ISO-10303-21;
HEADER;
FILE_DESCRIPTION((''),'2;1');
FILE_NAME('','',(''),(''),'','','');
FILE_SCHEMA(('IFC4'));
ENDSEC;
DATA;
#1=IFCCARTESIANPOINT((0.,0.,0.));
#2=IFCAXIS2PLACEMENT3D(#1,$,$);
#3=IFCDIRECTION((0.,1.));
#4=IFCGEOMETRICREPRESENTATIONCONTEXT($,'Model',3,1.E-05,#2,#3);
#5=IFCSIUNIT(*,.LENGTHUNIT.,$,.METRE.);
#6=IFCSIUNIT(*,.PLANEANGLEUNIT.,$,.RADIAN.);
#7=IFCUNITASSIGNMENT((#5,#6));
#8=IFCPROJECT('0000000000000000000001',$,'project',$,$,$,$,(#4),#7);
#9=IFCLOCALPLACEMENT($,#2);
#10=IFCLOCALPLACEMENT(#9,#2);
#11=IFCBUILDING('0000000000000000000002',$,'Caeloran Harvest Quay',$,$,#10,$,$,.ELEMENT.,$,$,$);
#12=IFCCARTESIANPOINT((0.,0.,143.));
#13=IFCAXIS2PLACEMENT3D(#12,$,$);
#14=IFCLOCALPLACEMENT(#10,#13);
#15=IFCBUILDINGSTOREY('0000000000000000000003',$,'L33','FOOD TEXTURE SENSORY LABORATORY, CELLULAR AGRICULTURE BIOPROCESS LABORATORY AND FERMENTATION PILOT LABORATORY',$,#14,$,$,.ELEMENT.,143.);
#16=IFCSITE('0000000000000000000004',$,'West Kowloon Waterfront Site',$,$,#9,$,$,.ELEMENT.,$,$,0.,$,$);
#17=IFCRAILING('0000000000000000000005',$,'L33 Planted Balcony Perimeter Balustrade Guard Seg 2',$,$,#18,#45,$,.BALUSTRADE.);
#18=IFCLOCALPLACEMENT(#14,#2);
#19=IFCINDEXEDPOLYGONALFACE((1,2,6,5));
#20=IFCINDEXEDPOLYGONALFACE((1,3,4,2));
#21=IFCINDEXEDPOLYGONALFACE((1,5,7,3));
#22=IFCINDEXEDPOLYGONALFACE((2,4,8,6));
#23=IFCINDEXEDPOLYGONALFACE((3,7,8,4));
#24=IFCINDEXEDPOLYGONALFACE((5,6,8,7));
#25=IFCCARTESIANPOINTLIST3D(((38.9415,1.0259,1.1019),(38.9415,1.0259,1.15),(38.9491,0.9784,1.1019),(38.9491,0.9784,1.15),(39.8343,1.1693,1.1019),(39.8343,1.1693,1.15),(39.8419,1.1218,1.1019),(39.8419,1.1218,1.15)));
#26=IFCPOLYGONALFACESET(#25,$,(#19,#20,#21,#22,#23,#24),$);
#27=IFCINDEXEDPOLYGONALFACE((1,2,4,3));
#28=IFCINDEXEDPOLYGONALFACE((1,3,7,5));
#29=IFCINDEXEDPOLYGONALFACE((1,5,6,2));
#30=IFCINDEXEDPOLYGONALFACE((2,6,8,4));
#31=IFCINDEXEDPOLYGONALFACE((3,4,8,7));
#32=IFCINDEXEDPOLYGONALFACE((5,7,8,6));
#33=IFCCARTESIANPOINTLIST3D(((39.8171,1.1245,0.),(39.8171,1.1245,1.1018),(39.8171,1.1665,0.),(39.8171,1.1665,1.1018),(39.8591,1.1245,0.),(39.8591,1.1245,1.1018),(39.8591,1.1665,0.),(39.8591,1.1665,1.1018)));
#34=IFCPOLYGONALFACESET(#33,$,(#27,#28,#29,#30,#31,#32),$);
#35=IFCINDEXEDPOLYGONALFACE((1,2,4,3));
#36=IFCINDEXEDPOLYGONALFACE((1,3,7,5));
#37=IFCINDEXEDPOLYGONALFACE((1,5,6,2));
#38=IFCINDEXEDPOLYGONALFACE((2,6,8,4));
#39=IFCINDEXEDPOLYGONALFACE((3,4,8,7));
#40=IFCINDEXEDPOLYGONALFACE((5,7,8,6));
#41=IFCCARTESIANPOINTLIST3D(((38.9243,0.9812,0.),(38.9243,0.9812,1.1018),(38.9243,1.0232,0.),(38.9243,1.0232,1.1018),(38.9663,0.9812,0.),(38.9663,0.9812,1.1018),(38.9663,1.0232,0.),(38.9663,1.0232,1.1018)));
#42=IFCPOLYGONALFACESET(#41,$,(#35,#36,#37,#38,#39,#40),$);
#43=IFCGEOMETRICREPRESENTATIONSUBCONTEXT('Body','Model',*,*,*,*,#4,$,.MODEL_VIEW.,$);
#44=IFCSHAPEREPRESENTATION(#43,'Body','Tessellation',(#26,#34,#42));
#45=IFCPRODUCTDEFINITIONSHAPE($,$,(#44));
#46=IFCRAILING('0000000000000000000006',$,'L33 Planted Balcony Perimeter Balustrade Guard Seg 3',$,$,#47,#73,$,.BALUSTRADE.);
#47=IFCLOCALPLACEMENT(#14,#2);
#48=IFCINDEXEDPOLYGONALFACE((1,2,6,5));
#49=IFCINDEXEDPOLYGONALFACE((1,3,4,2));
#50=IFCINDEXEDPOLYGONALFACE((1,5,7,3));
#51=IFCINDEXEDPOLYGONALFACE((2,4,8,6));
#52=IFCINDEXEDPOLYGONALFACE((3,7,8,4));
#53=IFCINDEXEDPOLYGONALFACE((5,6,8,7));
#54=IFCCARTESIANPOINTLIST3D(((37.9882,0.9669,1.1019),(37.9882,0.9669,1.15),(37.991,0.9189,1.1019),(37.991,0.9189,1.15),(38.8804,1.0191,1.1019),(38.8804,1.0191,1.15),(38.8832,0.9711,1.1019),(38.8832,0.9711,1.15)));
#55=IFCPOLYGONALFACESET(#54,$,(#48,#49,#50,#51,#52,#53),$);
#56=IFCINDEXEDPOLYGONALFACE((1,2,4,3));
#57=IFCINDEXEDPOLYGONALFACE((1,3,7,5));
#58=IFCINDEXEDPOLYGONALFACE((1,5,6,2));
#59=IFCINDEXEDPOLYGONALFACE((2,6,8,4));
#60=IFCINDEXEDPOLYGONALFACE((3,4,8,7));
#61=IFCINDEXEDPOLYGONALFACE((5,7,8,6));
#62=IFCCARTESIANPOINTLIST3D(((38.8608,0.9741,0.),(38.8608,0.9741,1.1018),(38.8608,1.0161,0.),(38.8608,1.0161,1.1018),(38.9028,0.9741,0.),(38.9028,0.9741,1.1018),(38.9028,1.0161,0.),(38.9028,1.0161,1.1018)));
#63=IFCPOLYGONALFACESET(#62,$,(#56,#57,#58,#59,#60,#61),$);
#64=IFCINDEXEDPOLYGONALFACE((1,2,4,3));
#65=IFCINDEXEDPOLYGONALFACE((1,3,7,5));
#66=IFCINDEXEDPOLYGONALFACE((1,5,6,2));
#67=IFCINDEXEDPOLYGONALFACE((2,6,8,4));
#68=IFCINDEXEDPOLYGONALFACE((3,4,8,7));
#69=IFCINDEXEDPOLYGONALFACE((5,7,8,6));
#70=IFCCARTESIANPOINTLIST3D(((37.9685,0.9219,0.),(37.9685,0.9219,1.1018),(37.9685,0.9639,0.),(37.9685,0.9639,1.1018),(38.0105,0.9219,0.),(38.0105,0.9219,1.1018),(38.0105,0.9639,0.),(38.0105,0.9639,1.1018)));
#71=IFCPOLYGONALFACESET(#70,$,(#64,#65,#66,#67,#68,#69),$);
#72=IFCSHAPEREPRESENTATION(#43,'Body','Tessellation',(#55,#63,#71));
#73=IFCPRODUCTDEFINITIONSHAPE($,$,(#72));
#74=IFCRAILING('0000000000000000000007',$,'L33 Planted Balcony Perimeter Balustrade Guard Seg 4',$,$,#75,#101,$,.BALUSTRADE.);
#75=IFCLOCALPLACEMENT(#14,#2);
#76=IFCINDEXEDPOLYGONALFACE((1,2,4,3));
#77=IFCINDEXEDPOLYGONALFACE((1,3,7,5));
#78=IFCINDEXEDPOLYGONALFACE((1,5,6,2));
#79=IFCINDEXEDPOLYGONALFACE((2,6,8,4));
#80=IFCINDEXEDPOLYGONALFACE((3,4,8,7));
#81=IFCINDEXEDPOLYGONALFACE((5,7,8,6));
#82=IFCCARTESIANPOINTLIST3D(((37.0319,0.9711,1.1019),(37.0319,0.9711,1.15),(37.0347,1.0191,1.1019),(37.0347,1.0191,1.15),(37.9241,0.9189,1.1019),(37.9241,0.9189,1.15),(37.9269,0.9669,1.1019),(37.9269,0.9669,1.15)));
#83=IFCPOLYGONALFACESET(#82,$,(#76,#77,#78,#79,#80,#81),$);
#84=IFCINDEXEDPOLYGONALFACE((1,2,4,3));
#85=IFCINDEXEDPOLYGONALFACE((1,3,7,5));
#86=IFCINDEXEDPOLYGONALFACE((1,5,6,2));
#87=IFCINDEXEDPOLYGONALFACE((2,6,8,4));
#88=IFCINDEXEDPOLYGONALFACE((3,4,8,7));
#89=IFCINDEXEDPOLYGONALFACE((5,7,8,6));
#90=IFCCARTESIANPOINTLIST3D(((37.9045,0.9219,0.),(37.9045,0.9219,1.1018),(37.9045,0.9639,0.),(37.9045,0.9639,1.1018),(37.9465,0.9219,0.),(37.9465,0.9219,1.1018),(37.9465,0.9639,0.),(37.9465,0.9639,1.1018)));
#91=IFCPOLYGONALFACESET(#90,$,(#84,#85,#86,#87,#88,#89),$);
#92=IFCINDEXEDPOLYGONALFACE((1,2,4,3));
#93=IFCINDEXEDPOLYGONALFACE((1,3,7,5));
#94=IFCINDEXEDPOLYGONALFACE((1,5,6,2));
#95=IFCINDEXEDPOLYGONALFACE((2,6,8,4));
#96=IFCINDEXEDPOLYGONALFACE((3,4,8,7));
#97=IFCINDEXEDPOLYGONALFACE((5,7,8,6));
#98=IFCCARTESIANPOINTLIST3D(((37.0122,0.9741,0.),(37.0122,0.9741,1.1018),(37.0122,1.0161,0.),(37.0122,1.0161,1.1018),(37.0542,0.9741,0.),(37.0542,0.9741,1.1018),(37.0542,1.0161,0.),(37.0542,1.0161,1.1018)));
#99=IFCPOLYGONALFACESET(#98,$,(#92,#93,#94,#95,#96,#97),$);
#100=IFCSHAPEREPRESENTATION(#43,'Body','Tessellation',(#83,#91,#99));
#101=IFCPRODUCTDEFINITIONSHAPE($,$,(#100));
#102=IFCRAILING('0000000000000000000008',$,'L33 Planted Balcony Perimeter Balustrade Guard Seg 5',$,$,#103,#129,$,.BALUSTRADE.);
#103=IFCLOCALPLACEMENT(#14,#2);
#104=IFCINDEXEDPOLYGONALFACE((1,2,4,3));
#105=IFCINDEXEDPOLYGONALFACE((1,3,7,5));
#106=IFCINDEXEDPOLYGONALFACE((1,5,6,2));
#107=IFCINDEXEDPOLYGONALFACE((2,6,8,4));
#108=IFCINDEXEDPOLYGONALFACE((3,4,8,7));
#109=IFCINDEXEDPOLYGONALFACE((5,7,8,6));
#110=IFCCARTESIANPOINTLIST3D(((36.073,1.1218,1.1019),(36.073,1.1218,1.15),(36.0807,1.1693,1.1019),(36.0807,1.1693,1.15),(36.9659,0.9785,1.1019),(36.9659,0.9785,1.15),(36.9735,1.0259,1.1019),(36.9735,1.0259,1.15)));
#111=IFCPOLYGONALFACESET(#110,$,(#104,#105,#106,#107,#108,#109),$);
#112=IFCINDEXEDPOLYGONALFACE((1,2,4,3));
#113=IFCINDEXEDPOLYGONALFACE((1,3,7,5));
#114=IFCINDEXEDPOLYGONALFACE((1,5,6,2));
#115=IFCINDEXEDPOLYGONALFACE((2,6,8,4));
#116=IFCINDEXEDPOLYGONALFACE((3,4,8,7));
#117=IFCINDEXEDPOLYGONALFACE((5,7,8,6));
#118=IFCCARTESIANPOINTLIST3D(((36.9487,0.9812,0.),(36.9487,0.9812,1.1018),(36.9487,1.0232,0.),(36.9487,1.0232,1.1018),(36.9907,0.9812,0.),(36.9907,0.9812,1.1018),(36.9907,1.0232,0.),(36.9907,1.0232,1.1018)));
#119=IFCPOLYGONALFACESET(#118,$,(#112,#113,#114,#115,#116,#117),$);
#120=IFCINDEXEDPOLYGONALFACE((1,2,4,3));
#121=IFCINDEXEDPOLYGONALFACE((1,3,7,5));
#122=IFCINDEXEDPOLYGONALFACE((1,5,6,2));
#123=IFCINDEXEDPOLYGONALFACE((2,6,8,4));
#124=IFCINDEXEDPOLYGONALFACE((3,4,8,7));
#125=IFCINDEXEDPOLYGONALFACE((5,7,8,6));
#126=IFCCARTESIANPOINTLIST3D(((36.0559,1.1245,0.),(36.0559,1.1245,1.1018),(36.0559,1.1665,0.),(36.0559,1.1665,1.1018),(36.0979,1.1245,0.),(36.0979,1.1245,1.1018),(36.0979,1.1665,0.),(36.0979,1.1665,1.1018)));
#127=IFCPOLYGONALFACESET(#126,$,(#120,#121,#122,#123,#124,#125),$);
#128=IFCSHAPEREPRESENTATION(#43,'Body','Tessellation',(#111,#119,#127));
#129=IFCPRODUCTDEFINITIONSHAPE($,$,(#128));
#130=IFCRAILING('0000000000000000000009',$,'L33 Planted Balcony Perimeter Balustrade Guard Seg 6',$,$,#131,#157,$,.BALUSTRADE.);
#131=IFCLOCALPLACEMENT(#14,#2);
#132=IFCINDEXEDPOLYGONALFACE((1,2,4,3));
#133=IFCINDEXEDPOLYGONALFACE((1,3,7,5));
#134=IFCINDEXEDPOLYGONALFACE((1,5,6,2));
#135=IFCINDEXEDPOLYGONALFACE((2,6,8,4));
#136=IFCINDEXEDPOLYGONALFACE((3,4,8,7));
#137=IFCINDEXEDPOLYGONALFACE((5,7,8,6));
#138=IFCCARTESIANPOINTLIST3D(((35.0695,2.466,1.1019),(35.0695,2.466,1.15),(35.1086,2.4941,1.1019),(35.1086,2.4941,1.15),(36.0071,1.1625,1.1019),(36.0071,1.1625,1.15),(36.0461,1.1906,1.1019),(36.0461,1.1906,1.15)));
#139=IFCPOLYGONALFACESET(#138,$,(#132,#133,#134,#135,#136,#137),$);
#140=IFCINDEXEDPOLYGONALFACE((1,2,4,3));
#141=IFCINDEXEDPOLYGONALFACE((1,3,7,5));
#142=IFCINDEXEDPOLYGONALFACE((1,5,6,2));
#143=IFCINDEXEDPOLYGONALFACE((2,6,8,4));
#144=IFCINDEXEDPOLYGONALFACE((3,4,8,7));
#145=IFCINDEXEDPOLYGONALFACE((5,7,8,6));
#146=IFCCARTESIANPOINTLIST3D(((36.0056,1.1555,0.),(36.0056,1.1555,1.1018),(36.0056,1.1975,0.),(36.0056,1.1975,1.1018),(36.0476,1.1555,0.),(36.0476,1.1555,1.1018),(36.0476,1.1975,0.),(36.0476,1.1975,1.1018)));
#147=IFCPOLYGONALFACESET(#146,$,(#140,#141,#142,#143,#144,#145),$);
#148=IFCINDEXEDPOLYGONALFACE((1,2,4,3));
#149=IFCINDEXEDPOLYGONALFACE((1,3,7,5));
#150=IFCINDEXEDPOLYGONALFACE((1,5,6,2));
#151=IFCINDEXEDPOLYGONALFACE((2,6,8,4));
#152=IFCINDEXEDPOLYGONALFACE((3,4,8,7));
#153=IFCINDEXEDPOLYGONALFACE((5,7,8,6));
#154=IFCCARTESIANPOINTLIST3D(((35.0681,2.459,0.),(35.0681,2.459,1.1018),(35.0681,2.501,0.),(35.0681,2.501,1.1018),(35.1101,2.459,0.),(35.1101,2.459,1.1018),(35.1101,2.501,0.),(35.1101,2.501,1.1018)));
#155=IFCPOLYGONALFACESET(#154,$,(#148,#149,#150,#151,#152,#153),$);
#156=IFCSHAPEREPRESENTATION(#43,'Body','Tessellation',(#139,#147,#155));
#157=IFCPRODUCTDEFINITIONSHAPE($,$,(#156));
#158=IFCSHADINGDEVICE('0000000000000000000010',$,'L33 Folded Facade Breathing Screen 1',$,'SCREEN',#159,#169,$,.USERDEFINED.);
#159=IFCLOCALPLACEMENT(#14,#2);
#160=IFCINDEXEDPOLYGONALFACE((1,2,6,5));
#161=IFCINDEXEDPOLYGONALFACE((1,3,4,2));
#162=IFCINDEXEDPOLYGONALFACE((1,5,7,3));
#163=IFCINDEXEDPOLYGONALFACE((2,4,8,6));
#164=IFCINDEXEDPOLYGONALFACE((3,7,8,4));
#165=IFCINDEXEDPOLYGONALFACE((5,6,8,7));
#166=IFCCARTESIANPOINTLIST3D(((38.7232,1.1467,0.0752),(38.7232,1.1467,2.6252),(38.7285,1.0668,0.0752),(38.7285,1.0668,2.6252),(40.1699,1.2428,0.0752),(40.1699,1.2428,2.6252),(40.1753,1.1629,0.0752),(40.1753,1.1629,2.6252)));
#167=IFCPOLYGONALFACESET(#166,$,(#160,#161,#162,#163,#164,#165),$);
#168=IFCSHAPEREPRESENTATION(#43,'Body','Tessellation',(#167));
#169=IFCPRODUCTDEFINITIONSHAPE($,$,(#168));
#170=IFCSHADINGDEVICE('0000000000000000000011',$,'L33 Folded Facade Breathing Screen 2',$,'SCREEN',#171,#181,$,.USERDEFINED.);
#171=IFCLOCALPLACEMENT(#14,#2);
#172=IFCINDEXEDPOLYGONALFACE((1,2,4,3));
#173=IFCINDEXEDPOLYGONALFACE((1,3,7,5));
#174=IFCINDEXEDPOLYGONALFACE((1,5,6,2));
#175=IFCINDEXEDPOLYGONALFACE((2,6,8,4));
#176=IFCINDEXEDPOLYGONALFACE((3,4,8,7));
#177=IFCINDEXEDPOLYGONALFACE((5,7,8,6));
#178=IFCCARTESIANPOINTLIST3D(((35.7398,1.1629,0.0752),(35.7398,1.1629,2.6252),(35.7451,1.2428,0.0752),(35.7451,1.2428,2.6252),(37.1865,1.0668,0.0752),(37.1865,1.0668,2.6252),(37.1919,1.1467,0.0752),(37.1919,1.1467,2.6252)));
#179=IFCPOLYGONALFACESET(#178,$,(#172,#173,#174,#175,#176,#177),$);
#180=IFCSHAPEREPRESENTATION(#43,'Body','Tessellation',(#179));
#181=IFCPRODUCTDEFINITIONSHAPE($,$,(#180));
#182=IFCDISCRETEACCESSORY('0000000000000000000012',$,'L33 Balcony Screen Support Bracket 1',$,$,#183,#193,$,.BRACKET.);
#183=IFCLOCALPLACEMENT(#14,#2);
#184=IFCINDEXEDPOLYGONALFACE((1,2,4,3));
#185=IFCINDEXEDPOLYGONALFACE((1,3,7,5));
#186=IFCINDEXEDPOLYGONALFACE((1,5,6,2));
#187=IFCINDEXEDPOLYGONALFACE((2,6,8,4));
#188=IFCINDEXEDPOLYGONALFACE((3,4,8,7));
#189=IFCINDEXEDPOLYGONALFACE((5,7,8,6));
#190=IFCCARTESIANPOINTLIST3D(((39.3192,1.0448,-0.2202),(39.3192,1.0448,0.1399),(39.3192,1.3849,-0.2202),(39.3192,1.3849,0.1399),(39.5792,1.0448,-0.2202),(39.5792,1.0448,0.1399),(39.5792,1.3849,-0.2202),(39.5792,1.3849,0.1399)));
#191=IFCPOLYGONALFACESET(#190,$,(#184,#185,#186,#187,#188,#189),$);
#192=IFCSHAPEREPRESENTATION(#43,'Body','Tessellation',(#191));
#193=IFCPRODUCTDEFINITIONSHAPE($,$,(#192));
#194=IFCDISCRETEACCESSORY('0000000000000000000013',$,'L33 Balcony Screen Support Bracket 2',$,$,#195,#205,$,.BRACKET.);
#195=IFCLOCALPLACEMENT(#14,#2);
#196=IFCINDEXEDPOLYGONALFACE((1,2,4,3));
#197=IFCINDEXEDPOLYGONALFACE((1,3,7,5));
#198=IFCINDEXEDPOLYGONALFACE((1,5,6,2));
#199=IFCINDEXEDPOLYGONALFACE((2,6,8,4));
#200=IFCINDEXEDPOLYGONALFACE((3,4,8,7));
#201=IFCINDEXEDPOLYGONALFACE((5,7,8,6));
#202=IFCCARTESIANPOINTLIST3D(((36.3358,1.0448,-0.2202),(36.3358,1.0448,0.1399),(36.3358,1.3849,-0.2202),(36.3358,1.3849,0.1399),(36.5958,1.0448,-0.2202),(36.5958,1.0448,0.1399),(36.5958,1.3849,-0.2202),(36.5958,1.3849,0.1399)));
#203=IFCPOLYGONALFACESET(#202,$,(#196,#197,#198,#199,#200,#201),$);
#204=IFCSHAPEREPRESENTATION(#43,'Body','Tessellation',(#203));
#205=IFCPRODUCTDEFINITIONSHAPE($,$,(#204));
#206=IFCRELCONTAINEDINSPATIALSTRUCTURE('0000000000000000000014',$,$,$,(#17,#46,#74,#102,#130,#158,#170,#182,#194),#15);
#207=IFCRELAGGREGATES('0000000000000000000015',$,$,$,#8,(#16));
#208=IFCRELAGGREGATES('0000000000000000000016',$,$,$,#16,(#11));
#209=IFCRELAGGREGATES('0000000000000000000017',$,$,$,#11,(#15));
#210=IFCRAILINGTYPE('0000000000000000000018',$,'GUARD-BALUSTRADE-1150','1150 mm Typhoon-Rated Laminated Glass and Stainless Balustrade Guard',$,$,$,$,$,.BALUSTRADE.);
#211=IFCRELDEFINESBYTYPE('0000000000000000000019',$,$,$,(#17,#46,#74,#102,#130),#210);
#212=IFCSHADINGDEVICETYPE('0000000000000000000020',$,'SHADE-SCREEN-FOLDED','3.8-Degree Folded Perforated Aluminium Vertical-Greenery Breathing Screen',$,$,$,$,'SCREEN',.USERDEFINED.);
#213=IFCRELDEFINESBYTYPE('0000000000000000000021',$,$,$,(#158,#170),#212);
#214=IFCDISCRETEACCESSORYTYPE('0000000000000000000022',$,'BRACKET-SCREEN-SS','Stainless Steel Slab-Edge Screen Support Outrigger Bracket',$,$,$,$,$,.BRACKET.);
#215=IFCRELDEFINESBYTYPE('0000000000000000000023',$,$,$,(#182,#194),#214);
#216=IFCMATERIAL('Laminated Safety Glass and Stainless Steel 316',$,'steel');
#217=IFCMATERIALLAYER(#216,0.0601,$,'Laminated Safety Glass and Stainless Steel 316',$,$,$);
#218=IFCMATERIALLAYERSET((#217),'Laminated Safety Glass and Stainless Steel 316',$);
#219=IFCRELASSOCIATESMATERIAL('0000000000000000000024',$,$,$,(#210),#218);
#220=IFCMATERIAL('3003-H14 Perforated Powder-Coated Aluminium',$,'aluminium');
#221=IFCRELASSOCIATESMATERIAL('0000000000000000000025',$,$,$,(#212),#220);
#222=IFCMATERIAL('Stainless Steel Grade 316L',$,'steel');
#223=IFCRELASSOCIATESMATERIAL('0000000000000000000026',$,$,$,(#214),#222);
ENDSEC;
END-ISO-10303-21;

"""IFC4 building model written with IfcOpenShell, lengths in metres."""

from ifc_helpers import new_model, si_unit, direction, frame, origin, origin_2d, place, context, subcontext, project, spatial, rectangle, extrude, material, layer, layer_set, type_object, element, save


model = new_model("IFC4")

# Units and contexts
model_context = context("Model", 3, precision=1e-05, world=origin(), true_north=direction((0.0, 1.0)))
body_context = subcontext(model_context, "Body", "Model", "MODEL_VIEW")
ifc_project = project(units=[si_unit("LENGTHUNIT", "METRE"), si_unit("PLANEANGLEUNIT", "RADIAN")], contexts=[model_context])

# Site, building, storey
site_placement = place(None, origin())
site = spatial("IfcSite", under=ifc_project, at=site_placement, Name="West Kowloon Waterfront Site", CompositionType="ELEMENT", RefElevation=0.0)
building_placement = place(site_placement, origin())
building = spatial("IfcBuilding", under=site, at=building_placement, Name="Caeloran Harvest Quay", CompositionType="ELEMENT")
storey_placement = place(building_placement, frame((0.0, 0.0, 143.0)))
storey = spatial("IfcBuildingStorey", under=building, at=storey_placement, Name="L33", Description="FOOD TEXTURE SENSORY LABORATORY, CELLULAR AGRICULTURE BIOPROCESS LABORATORY AND FERMENTATION PILOT LABORATORY", CompositionType="ELEMENT", Elevation=143.0)

# Railings
ifc_material_1 = material(Name="Laminated Safety Glass and Stainless Steel 316", Category="steel")
ifc_layer_1 = layer(ifc_material_1, 0.0601, Name="Laminated Safety Glass and Stainless Steel 316")
ifc_layer_set_1 = layer_set([ifc_layer_1], Name="Laminated Safety Glass and Stainless Steel 316")
railing_type = type_object("IfcRailingType", Name="GUARD-BALUSTRADE-1150", Description="1150 mm Typhoon-Rated Laminated Glass and Stainless Balustrade Guard", PredefinedType="BALUSTRADE", material=ifc_layer_set_1)
railing_1_placement = place(storey_placement, frame((39.8381, 1.1455, 0.0)))
element("IfcRailing", 1, at=railing_1_placement, inside=storey, type_object=railing_type, Name="L33 Planted Balcony Perimeter Balustrade Guard Seg 2", PredefinedType="BALUSTRADE", context=body_context, shape_type="SweptSolid", body=[
    extrude(rectangle(XDim=0.0481, YDim=0.0481, at=origin_2d()), frame((0.0, 0.0, 1.126), z_axis=(-0.987361, -0.158485, 0.0), x_axis=(0.158485, -0.987361, 0.0)), (0.0, 0.0, 1.0), 0.9043),
    extrude(rectangle(XDim=0.042, YDim=0.042, at=origin_2d()), origin(), (0.0, 0.0, 1.0), 1.1018),
    extrude(rectangle(XDim=0.042, YDim=0.042, at=origin_2d()), frame((-0.8928, -0.1433, 0.0)), (0.0, 0.0, 1.0), 1.1018),
])
railing_2_placement = place(storey_placement, frame((38.8818, 0.9951, 0.0)))
element("IfcRailing", 2, at=railing_2_placement, inside=storey, type_object=railing_type, Name="L33 Planted Balcony Perimeter Balustrade Guard Seg 3", PredefinedType="BALUSTRADE", context=body_context, shape_type="SweptSolid", body=[
    extrude(rectangle(XDim=0.0481, YDim=0.0481, at=origin_2d()), frame((0.0, 0.0, 1.126), z_axis=(-0.99829, -0.05845, 0.0), x_axis=(0.05845, -0.99829, 0.0)), (0.0, 0.0, 1.0), 0.8938),
    extrude(rectangle(XDim=0.042, YDim=0.042, at=origin_2d()), origin(), (0.0, 0.0, 1.0), 1.1018),
    extrude(rectangle(XDim=0.042, YDim=0.042, at=origin_2d()), frame((-0.8923, -0.0522, 0.0)), (0.0, 0.0, 1.0), 1.1018),
])
railing_3_placement = place(storey_placement, frame((37.9255, 0.9429, 0.0)))
element("IfcRailing", 3, at=railing_3_placement, inside=storey, type_object=railing_type, Name="L33 Planted Balcony Perimeter Balustrade Guard Seg 4", PredefinedType="BALUSTRADE", context=body_context, shape_type="SweptSolid", body=[
    extrude(rectangle(XDim=0.0481, YDim=0.0481, at=origin_2d()), frame((0.0, 0.0, 1.126), z_axis=(-0.99829, 0.05845, 0.0), x_axis=(-0.05845, -0.99829, 0.0)), (0.0, 0.0, 1.0), 0.8938),
    extrude(rectangle(XDim=0.042, YDim=0.042, at=origin_2d()), origin(), (0.0, 0.0, 1.0), 1.1018),
    extrude(rectangle(XDim=0.042, YDim=0.042, at=origin_2d()), frame((-0.8923, 0.0522, 0.0)), (0.0, 0.0, 1.0), 1.1018),
])
railing_4_placement = place(storey_placement, frame((36.9697, 1.0022, 0.0)))
element("IfcRailing", 4, at=railing_4_placement, inside=storey, type_object=railing_type, Name="L33 Planted Balcony Perimeter Balustrade Guard Seg 5", PredefinedType="BALUSTRADE", context=body_context, shape_type="SweptSolid", body=[
    extrude(rectangle(XDim=0.0481, YDim=0.0481, at=origin_2d()), frame((0.0, 0.0, 1.126), z_axis=(-0.987361, 0.158485, 0.0), x_axis=(-0.158485, -0.987361, 0.0)), (0.0, 0.0, 1.0), 0.9043),
    extrude(rectangle(XDim=0.042, YDim=0.042, at=origin_2d()), origin(), (0.0, 0.0, 1.0), 1.1018),
    extrude(rectangle(XDim=0.042, YDim=0.042, at=origin_2d()), frame((-0.8928, 0.1433, 0.0)), (0.0, 0.0, 1.0), 1.1018),
])
railing_5_placement = place(storey_placement, frame((36.0266, 1.1765, 0.0)))
element("IfcRailing", 5, at=railing_5_placement, inside=storey, type_object=railing_type, Name="L33 Planted Balcony Perimeter Balustrade Guard Seg 6", PredefinedType="BALUSTRADE", context=body_context, shape_type="SweptSolid", body=[
    extrude(rectangle(XDim=0.0481, YDim=0.0481, at=origin_2d()), frame((0.0, 0.0, 1.126), z_axis=(-0.583896, 0.811828, 0.0), x_axis=(-0.811828, -0.583896, 0.0)), (0.0, 0.0, 1.0), 1.6057),
    extrude(rectangle(XDim=0.042, YDim=0.042, at=origin_2d()), origin(), (0.0, 0.0, 1.0), 1.1018),
    extrude(rectangle(XDim=0.042, YDim=0.042, at=origin_2d()), frame((-0.9375, 1.3035, 0.0)), (0.0, 0.0, 1.0), 1.1018),
])

# Shading devices
ifc_material_2 = material(Name="3003-H14 Perforated Powder-Coated Aluminium", Category="aluminium")
shading_device_type = type_object("IfcShadingDeviceType", Name="SHADE-SCREEN-FOLDED", Description="3.8-Degree Folded Perforated Aluminium Vertical-Greenery Breathing Screen", ElementType="SCREEN", PredefinedType="USERDEFINED", material=ifc_material_2)
for number, where, z_axis, x_axis, name in (
    (6, (39.4492, 1.1548, 0.0752), (0.0, 0.0, 1.0), (0.997801, 0.066274, 0.0), "L33 Folded Facade Breathing Screen 1"),
    (7, (36.4658, 1.1548, 0.0752), (0.0, 0.0, 1.0), (0.997801, -0.066274, 0.0), "L33 Folded Facade Breathing Screen 2"),
):
    element("IfcShadingDevice", number, at=place(storey_placement, frame(where, z_axis=z_axis, x_axis=x_axis)), inside=storey, type_object=shading_device_type, Name=name, ObjectType="SCREEN", PredefinedType="USERDEFINED", context=body_context, shape_type="SweptSolid", body=[
        extrude(rectangle(XDim=1.45, YDim=0.0801, at=origin_2d()), origin(), (0.0, 0.0, 1.0), 2.55),
    ])

# Discrete accessories
ifc_material_3 = material(Name="Stainless Steel Grade 316L", Category="steel")
discrete_accessory_type = type_object("IfcDiscreteAccessoryType", Name="BRACKET-SCREEN-SS", Description="Stainless Steel Slab-Edge Screen Support Outrigger Bracket", PredefinedType="BRACKET", material=ifc_material_3)
for number, where, z_axis, x_axis, name in (
    (8, (39.4492, 1.2148, -0.2202), (0.0, 0.0, 1.0), (1.0, 0.0, 0.0), "L33 Balcony Screen Support Bracket 1"),
    (9, (36.4658, 1.2148, -0.2202), (0.0, 0.0, 1.0), (1.0, 0.0, 0.0), "L33 Balcony Screen Support Bracket 2"),
):
    element("IfcDiscreteAccessory", number, at=place(storey_placement, frame(where, z_axis=z_axis, x_axis=x_axis)), inside=storey, type_object=discrete_accessory_type, Name=name, PredefinedType="BRACKET", context=body_context, shape_type="SweptSolid", body=[
        extrude(rectangle(XDim=0.26, YDim=0.3401, at=origin_2d()), origin(), (0.0, 0.0, 1.0), 0.3601),
    ])

save(model, "model.ifc")
